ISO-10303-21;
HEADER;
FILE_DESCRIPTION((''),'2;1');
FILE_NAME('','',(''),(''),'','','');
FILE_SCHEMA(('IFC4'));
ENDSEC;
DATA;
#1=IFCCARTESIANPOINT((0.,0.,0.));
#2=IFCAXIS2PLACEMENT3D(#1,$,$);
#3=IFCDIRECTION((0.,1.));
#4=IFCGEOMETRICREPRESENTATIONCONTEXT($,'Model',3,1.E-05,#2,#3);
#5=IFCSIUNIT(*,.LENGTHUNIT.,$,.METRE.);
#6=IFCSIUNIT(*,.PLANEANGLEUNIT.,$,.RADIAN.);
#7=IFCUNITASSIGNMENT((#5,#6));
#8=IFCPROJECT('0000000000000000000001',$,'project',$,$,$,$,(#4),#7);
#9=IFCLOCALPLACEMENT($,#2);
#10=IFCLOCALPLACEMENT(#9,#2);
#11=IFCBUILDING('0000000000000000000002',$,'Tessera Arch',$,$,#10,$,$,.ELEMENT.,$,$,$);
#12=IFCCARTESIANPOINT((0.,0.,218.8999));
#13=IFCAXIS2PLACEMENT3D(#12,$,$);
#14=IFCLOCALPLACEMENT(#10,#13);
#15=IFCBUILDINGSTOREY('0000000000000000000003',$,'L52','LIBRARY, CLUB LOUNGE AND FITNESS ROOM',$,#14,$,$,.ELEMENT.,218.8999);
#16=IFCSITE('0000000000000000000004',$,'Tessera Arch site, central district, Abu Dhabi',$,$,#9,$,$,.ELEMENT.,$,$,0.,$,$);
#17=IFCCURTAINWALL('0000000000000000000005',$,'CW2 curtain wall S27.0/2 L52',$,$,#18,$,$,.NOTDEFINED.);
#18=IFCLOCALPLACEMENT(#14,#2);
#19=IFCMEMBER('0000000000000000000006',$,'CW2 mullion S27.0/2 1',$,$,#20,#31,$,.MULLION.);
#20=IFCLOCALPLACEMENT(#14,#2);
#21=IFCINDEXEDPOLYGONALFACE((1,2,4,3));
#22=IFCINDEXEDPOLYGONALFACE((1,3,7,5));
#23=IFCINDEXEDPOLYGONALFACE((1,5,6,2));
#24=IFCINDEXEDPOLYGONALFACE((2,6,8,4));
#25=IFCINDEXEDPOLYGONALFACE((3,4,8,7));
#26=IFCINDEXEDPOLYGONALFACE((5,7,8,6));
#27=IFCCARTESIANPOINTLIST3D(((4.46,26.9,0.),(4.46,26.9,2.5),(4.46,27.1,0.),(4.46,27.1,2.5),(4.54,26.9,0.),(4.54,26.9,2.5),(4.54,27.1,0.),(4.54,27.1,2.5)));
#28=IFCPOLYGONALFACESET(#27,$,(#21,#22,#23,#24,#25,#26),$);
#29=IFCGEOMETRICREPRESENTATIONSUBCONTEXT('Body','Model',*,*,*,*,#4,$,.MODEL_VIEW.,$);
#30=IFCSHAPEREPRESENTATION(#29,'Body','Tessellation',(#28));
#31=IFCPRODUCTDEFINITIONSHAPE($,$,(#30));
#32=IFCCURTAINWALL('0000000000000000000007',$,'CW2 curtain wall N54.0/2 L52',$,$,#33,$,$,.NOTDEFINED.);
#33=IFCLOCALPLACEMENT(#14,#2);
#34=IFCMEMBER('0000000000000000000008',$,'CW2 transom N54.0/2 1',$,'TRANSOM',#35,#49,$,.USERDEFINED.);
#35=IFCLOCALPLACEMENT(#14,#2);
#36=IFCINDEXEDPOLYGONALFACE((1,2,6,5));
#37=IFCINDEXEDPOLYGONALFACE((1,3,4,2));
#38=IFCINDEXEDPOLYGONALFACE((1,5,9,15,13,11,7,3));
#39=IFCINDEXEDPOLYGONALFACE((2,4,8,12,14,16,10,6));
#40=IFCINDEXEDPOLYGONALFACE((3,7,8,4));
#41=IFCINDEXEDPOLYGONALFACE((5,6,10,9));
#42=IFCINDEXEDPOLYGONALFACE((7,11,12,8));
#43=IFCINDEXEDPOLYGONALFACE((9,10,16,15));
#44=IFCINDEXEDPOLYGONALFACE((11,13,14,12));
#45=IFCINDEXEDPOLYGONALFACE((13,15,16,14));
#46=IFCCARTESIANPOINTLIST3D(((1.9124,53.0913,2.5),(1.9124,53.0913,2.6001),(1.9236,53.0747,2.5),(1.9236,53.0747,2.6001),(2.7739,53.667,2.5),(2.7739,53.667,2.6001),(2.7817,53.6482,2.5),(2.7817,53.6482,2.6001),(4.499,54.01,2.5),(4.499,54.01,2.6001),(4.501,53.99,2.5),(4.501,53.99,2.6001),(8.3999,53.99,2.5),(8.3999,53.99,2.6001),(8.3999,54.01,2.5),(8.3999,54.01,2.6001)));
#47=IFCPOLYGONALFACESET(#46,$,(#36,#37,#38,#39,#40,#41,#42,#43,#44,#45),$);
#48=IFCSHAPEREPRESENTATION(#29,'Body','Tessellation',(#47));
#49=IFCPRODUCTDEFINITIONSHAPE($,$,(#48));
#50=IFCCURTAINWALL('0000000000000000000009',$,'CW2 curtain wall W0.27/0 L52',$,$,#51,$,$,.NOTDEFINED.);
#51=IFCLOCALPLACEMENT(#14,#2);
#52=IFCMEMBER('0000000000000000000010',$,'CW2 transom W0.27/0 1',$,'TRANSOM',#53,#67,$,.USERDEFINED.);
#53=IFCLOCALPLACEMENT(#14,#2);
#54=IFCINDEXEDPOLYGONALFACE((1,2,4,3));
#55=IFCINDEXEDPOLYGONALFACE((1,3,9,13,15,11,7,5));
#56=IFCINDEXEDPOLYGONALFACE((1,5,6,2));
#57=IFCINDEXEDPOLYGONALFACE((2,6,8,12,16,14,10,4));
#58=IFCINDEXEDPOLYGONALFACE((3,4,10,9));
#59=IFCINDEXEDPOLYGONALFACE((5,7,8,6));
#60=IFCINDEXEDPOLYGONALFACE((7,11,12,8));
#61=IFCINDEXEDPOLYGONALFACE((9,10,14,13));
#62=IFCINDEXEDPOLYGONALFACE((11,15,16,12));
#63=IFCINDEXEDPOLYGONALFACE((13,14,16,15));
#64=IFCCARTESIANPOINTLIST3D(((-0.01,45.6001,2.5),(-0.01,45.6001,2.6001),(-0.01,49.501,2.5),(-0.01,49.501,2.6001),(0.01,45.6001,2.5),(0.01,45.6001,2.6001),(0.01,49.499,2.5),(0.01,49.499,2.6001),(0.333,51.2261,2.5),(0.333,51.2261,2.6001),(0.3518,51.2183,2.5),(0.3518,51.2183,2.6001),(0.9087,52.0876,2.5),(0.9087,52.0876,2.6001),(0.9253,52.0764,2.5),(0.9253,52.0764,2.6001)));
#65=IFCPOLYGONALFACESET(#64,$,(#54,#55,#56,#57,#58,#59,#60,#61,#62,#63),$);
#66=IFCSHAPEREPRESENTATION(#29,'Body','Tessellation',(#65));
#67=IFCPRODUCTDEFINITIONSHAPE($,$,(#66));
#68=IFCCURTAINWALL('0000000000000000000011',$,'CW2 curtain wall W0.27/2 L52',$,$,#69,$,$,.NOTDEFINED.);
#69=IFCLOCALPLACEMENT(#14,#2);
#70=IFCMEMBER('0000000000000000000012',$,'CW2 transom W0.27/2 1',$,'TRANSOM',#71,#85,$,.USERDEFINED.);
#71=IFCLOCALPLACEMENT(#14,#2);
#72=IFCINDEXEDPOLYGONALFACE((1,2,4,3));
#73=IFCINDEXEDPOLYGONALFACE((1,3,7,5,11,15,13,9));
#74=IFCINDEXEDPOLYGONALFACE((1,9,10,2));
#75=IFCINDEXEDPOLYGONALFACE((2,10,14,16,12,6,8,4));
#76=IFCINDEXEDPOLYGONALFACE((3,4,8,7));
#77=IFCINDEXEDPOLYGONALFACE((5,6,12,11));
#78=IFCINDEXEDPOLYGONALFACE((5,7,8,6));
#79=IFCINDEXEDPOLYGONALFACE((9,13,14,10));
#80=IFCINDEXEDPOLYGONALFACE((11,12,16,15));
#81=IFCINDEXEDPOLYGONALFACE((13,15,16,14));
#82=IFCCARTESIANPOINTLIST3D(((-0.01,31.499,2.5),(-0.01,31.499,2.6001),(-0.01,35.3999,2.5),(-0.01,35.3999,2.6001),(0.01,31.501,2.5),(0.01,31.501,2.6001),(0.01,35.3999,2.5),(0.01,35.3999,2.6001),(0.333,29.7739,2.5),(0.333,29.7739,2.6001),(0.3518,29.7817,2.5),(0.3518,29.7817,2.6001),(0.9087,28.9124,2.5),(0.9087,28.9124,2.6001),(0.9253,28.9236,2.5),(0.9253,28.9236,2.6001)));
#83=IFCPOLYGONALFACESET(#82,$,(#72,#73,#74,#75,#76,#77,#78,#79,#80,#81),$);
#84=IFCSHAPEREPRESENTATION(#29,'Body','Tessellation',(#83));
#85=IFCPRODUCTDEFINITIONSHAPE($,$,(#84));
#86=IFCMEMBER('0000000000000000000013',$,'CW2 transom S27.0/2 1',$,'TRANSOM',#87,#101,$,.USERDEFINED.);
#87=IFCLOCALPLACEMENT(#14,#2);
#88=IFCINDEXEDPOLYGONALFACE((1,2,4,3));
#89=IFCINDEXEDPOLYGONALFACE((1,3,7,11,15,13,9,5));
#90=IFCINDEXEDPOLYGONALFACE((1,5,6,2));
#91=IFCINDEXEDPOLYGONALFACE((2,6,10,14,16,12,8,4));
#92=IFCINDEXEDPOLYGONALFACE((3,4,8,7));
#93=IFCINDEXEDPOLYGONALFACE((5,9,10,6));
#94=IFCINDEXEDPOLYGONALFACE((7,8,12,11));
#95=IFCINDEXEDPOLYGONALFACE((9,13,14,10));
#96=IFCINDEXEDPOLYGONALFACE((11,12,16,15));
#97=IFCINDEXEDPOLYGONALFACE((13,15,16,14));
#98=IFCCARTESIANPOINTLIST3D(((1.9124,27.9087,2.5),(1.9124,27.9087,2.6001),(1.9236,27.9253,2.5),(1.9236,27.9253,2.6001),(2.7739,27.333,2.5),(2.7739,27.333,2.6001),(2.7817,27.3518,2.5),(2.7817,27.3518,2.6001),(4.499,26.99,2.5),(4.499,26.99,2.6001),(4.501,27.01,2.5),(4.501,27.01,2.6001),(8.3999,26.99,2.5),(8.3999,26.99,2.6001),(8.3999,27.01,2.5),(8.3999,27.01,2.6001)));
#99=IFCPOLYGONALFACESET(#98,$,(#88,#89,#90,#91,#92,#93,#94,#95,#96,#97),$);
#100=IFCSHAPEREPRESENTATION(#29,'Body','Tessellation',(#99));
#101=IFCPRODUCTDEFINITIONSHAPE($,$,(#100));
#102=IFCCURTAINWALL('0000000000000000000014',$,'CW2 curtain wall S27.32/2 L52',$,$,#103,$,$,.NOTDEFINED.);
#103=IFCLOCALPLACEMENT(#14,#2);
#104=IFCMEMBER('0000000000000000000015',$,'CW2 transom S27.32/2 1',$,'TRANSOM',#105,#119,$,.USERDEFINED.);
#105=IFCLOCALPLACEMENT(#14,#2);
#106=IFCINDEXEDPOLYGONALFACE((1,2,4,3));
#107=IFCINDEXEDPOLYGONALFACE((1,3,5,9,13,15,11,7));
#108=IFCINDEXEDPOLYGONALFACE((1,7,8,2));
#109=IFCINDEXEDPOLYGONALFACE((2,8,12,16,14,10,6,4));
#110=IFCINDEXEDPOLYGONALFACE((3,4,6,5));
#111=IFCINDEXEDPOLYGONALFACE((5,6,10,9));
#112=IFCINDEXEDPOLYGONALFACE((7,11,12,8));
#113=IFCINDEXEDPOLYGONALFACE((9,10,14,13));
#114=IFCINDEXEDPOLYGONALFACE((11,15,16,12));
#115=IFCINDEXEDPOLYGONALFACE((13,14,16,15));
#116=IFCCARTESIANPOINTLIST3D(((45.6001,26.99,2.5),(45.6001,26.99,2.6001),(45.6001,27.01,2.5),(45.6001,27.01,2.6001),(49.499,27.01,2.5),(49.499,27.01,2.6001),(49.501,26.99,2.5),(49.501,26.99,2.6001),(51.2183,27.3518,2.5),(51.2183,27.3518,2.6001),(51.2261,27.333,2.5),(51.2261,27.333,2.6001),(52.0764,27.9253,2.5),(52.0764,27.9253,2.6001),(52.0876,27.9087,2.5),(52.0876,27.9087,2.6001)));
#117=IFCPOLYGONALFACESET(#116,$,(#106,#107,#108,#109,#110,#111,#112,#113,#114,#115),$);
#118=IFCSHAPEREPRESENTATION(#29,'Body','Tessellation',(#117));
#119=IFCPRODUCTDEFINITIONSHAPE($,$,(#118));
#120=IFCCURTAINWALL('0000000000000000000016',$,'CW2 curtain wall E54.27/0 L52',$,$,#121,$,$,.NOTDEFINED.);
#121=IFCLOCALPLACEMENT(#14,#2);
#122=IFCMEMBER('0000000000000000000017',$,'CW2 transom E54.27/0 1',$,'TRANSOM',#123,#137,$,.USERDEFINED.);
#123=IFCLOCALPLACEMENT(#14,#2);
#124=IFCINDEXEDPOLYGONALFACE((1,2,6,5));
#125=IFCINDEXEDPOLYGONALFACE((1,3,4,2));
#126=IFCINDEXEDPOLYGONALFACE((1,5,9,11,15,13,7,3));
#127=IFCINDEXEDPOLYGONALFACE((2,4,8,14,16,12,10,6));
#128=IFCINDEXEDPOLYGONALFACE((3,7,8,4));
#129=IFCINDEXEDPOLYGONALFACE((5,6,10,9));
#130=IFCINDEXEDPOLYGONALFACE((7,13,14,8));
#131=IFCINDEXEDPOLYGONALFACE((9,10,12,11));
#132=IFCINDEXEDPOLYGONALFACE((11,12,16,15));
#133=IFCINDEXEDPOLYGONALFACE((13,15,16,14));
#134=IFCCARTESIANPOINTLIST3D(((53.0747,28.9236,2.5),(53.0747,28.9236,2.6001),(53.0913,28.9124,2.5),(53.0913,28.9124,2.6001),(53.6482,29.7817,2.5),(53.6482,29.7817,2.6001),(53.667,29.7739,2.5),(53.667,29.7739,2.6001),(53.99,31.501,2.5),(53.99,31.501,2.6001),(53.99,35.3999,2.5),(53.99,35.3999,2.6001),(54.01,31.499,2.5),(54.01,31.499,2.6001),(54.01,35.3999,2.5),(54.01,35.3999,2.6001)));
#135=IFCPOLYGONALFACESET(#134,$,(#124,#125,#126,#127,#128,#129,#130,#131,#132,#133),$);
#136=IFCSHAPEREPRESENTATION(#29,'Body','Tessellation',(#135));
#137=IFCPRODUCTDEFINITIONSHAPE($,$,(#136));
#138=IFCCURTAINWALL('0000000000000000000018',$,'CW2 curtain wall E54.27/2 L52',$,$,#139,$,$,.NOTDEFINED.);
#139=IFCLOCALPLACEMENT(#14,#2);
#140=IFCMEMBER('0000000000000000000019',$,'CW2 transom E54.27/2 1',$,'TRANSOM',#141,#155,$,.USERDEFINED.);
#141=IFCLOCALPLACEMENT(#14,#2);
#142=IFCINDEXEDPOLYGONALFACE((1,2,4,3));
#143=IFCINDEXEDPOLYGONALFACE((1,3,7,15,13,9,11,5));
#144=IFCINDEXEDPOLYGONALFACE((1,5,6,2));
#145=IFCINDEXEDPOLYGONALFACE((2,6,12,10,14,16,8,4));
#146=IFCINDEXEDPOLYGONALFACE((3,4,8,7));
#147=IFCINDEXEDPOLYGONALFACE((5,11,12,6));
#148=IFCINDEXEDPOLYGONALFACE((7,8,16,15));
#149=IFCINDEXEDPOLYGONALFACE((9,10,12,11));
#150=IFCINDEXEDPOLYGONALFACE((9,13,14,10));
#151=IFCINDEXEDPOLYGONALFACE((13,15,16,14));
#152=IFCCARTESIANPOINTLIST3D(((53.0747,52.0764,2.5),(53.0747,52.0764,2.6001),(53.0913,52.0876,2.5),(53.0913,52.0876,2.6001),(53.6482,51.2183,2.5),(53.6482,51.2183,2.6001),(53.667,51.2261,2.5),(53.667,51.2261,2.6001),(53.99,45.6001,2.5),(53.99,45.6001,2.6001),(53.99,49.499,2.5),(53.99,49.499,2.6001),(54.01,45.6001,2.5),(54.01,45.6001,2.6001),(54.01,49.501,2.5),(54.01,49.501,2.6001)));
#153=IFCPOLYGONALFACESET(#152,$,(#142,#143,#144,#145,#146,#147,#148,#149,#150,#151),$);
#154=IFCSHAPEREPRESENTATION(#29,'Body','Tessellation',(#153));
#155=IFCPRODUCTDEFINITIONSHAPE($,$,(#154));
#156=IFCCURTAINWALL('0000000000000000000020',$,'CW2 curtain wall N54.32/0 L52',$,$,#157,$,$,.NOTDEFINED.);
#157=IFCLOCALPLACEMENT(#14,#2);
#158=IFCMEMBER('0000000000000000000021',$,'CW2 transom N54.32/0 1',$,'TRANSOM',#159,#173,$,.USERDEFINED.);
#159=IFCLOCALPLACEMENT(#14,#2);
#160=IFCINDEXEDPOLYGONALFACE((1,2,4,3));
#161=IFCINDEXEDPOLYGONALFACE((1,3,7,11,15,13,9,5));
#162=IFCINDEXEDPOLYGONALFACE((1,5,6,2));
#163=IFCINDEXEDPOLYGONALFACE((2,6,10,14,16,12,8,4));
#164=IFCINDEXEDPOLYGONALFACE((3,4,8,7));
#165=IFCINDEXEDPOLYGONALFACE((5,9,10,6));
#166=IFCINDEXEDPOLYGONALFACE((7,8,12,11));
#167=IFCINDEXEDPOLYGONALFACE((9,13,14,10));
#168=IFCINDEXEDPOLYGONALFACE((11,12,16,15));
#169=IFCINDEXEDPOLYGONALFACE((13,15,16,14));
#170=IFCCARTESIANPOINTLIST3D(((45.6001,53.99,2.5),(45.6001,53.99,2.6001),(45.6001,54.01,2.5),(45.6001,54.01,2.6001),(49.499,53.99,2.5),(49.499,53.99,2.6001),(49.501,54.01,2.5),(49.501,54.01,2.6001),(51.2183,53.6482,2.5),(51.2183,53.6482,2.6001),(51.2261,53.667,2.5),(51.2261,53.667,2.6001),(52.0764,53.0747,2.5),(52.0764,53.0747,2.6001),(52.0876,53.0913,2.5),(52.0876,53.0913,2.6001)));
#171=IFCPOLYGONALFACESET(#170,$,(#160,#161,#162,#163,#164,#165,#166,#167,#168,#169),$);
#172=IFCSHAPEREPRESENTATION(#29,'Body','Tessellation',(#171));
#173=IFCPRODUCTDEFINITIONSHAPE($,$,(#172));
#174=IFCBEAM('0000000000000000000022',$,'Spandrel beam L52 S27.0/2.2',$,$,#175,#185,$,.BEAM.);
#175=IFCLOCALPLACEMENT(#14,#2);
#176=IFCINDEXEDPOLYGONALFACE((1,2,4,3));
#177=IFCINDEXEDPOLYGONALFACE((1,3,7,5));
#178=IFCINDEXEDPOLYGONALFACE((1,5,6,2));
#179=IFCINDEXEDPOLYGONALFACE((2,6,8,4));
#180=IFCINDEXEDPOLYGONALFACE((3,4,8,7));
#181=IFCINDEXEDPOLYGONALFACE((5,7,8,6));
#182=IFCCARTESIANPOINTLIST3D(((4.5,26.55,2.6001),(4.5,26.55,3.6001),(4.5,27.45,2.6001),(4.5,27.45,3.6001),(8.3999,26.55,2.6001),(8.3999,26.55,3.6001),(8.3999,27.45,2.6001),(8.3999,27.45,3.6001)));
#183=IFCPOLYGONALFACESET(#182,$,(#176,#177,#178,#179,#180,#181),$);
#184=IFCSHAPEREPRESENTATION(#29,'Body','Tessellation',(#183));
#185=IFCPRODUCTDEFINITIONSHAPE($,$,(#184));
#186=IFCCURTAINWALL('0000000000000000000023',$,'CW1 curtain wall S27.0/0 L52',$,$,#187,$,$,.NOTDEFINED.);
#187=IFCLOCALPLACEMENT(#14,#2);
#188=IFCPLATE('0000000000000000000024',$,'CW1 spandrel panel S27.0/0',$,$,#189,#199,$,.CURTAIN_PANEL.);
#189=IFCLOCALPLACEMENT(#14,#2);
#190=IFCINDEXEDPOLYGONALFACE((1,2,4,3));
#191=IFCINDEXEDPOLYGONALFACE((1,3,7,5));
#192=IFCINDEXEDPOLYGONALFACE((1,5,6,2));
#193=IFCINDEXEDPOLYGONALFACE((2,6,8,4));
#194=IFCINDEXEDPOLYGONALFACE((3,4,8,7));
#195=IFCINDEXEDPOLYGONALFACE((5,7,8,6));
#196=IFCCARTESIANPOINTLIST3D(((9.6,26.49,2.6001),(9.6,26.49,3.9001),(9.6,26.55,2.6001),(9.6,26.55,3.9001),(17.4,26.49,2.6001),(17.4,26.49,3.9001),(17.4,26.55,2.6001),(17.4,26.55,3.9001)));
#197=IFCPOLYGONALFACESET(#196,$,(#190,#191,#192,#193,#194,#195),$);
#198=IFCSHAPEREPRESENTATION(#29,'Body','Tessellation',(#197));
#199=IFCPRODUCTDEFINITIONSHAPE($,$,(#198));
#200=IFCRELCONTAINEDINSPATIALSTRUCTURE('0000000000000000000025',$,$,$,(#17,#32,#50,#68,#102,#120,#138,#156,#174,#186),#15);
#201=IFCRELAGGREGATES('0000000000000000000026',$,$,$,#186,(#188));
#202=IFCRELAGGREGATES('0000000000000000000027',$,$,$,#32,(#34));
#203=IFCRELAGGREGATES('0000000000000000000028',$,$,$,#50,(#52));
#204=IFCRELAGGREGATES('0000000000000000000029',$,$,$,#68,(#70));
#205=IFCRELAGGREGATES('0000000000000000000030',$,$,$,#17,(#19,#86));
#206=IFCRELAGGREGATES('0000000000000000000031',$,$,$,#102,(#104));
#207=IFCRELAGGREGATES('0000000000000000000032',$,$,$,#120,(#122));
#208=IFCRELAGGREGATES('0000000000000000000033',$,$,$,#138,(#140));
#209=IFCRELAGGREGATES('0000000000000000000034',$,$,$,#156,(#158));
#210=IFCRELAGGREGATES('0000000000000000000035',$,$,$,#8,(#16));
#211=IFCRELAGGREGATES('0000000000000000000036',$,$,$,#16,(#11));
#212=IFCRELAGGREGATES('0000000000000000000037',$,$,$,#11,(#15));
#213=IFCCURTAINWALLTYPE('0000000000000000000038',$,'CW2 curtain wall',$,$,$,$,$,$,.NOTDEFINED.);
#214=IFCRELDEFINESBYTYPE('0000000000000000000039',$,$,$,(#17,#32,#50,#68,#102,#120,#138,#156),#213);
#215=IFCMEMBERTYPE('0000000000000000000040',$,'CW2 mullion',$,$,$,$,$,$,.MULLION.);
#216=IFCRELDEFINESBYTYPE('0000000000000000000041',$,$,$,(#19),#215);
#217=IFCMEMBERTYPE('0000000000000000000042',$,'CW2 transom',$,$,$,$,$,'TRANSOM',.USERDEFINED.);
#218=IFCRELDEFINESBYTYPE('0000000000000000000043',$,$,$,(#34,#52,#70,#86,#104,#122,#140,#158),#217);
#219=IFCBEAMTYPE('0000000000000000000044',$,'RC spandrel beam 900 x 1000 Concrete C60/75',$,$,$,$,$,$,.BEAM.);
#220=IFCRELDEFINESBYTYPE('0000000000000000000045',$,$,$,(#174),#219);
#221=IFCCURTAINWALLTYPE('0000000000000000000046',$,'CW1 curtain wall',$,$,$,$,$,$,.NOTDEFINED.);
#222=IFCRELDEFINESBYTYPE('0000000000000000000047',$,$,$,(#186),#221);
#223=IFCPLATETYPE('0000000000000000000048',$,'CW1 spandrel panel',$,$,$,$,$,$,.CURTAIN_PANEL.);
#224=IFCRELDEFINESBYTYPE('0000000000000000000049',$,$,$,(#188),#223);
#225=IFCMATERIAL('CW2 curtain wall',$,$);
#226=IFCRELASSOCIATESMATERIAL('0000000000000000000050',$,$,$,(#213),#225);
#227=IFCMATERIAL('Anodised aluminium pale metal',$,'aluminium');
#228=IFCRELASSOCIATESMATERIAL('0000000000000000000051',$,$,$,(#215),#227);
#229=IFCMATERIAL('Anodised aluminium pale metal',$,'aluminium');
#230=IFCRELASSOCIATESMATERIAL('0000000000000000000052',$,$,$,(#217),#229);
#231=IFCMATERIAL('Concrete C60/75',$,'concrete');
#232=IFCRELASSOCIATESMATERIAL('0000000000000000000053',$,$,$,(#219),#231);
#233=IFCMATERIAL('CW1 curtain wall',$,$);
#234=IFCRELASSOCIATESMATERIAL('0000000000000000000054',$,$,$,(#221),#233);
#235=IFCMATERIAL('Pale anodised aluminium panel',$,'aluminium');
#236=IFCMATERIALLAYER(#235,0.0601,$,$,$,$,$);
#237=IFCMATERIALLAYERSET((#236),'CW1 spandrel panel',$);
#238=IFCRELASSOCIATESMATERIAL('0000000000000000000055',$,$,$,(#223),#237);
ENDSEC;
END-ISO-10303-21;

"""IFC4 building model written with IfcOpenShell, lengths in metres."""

from ifc_helpers import new_model, si_unit, direction, frame, origin, origin_2d, place, context, subcontext, project, spatial, polyline, rectangle, outline, extrude, material, layer, layer_set, material_profile, profile_set, type_object, element, aggregate, save


model = new_model("IFC4")

# Units and contexts
model_context = context("Model", 3, precision=1e-05, world=origin(), true_north=direction((0.0, 1.0)))
body_context = subcontext(model_context, "Body", "Model", "MODEL_VIEW")
ifc_project = project(units=[si_unit("LENGTHUNIT", "METRE"), si_unit("PLANEANGLEUNIT", "RADIAN")], contexts=[model_context])

# Site, building, storey
site_placement = place(None, origin())
site = spatial("IfcSite", under=ifc_project, at=site_placement, Name="Tessera Arch site, central district, Abu Dhabi", CompositionType="ELEMENT", RefElevation=0.0)
building_placement = place(site_placement, origin())
building = spatial("IfcBuilding", under=site, at=building_placement, Name="Tessera Arch", CompositionType="ELEMENT")
storey_placement = place(building_placement, frame((0.0, 0.0, 218.8999)))
storey = spatial("IfcBuildingStorey", under=building, at=storey_placement, Name="L52", Description="LIBRARY, CLUB LOUNGE AND FITNESS ROOM", CompositionType="ELEMENT", Elevation=218.8999)

# Curtain walls, members
ifc_material_1 = material(Name="CW2 curtain wall")
curtain_wall_type_1 = type_object("IfcCurtainWallType", Name="CW2 curtain wall", PredefinedType="NOTDEFINED", material=ifc_material_1)
curtain_wall_1_placement = place(storey_placement, origin())
curtain_wall_1 = element("IfcCurtainWall", 1, at=curtain_wall_1_placement, inside=storey, type_object=curtain_wall_type_1, Name="CW2 curtain wall S27.0/2 L52", PredefinedType="NOTDEFINED")
ifc_material_2 = material(Name="Anodised aluminium pale metal", Category="aluminium")
ifc_material_profile_1 = material_profile(ifc_material_2, rectangle(XDim=0.2, YDim=0.0801, at=origin_2d()), Name="AL 80x200")
ifc_profile_set_1 = profile_set([ifc_material_profile_1], Name="Anodised aluminium pale metal")
member_type_1 = type_object("IfcMemberType", Name="CW2 mullion", PredefinedType="MULLION", material=ifc_profile_set_1)
member_1_placement = place(storey_placement, frame((4.5, 27.0, 0.0), z_axis=(0.0, 0.0, 1.0), x_axis=(0.0, 1.0, 0.0)))
member_1 = element("IfcMember", 2, at=member_1_placement, type_object=member_type_1, Name="CW2 mullion S27.0/2 1", PredefinedType="MULLION", context=body_context, shape_type="SweptSolid", body=[
    extrude(rectangle(XDim=0.2, YDim=0.0801, at=origin_2d()), origin(), (0.0, 0.0, 1.0), 2.5),
])
curtain_wall_2_placement = place(storey_placement, origin())
curtain_wall_2 = element("IfcCurtainWall", 3, at=curtain_wall_2_placement, inside=storey, type_object=curtain_wall_type_1, Name="CW2 curtain wall N54.0/2 L52", PredefinedType="NOTDEFINED")
ifc_material_3 = material(Name="Anodised aluminium pale metal", Category="aluminium")
ifc_material_profile_2 = material_profile(ifc_material_3, rectangle(XDim=0.2, YDim=0.1001, at=origin_2d()), Name="AL 200x100")
ifc_profile_set_2 = profile_set([ifc_material_profile_2], Name="Anodised aluminium pale metal")
member_type_2 = type_object("IfcMemberType", Name="CW2 transom", ElementType="TRANSOM", PredefinedType="USERDEFINED", material=ifc_profile_set_2)
member_2_placement = place(storey_placement, frame((0.0, 0.0, 2.5)))
member_2 = element("IfcMember", 4, at=member_2_placement, type_object=member_type_2, Name="CW2 transom N54.0/2 1", ObjectType="TRANSOM", PredefinedType="USERDEFINED", context=body_context, shape_type="SweptSolid", body=[
    extrude(outline(polyline([(4.501, 53.99), (8.3999, 53.99), (8.3999, 54.01), (4.499, 54.01), (2.7739, 53.667), (1.9124, 53.0913), (1.9236, 53.0747), (2.7817, 53.6482), (4.501, 53.99)])), origin(), (0.0, 0.0, 1.0), 0.1001),
])
curtain_wall_3_placement = place(storey_placement, origin())
curtain_wall_3 = element("IfcCurtainWall", 5, at=curtain_wall_3_placement, inside=storey, type_object=curtain_wall_type_1, Name="CW2 curtain wall W0.27/0 L52", PredefinedType="NOTDEFINED")
member_3_placement = place(storey_placement, frame((0.0, 0.0, 2.5)))
member_3 = element("IfcMember", 6, at=member_3_placement, type_object=member_type_2, Name="CW2 transom W0.27/0 1", ObjectType="TRANSOM", PredefinedType="USERDEFINED", context=body_context, shape_type="SweptSolid", body=[
    extrude(outline(polyline([(0.3518, 51.2183), (0.9253, 52.0764), (0.9087, 52.0876), (0.333, 51.2261), (-0.01, 49.501), (-0.01, 45.6001), (0.01, 45.6001), (0.01, 49.499), (0.3518, 51.2183)])), origin(), (0.0, 0.0, 1.0), 0.1001),
])
curtain_wall_4_placement = place(storey_placement, origin())
curtain_wall_4 = element("IfcCurtainWall", 7, at=curtain_wall_4_placement, inside=storey, type_object=curtain_wall_type_1, Name="CW2 curtain wall W0.27/2 L52", PredefinedType="NOTDEFINED")
member_4_placement = place(storey_placement, frame((0.0, 0.0, 2.5)))
member_4 = element("IfcMember", 8, at=member_4_placement, type_object=member_type_2, Name="CW2 transom W0.27/2 1", ObjectType="TRANSOM", PredefinedType="USERDEFINED", context=body_context, shape_type="SweptSolid", body=[
    extrude(outline(polyline([(0.01, 31.501), (0.01, 35.3999), (-0.01, 35.3999), (-0.01, 31.499), (0.333, 29.7739), (0.9087, 28.9124), (0.9253, 28.9236), (0.3518, 29.7817), (0.01, 31.501)])), origin(), (0.0, 0.0, 1.0), 0.1001),
])

# Member
member_5_placement = place(storey_placement, frame((0.0, 0.0, 2.5)))
member_5 = element("IfcMember", 9, at=member_5_placement, type_object=member_type_2, Name="CW2 transom S27.0/2 1", ObjectType="TRANSOM", PredefinedType="USERDEFINED", context=body_context, shape_type="SweptSolid", body=[
    extrude(outline(polyline([(2.7817, 27.3518), (1.9236, 27.9253), (1.9124, 27.9087), (2.7739, 27.333), (4.499, 26.99), (8.3999, 26.99), (8.3999, 27.01), (4.501, 27.01), (2.7817, 27.3518)])), origin(), (0.0, 0.0, 1.0), 0.1001),
])

# Curtain walls, members
curtain_wall_5_placement = place(storey_placement, origin())
curtain_wall_5 = element("IfcCurtainWall", 10, at=curtain_wall_5_placement, inside=storey, type_object=curtain_wall_type_1, Name="CW2 curtain wall S27.32/2 L52", PredefinedType="NOTDEFINED")
member_6_placement = place(storey_placement, frame((0.0, 0.0, 2.5)))
member_6 = element("IfcMember", 11, at=member_6_placement, type_object=member_type_2, Name="CW2 transom S27.32/2 1", ObjectType="TRANSOM", PredefinedType="USERDEFINED", context=body_context, shape_type="SweptSolid", body=[
    extrude(outline(polyline([(49.499, 27.01), (45.6001, 27.01), (45.6001, 26.99), (49.501, 26.99), (51.2261, 27.333), (52.0876, 27.9087), (52.0764, 27.9253), (51.2183, 27.3518), (49.499, 27.01)])), origin(), (0.0, 0.0, 1.0), 0.1001),
])
curtain_wall_6_placement = place(storey_placement, origin())
curtain_wall_6 = element("IfcCurtainWall", 12, at=curtain_wall_6_placement, inside=storey, type_object=curtain_wall_type_1, Name="CW2 curtain wall E54.27/0 L52", PredefinedType="NOTDEFINED")
member_7_placement = place(storey_placement, frame((0.0, 0.0, 2.5)))
member_7 = element("IfcMember", 13, at=member_7_placement, type_object=member_type_2, Name="CW2 transom E54.27/0 1", ObjectType="TRANSOM", PredefinedType="USERDEFINED", context=body_context, shape_type="SweptSolid", body=[
    extrude(outline(polyline([(53.6482, 29.7817), (53.0747, 28.9236), (53.0913, 28.9124), (53.667, 29.7739), (54.01, 31.499), (54.01, 35.3999), (53.99, 35.3999), (53.99, 31.501), (53.6482, 29.7817)])), origin(), (0.0, 0.0, 1.0), 0.1001),
])
curtain_wall_7_placement = place(storey_placement, origin())
curtain_wall_7 = element("IfcCurtainWall", 14, at=curtain_wall_7_placement, inside=storey, type_object=curtain_wall_type_1, Name="CW2 curtain wall E54.27/2 L52", PredefinedType="NOTDEFINED")
member_8_placement = place(storey_placement, frame((0.0, 0.0, 2.5)))
member_8 = element("IfcMember", 15, at=member_8_placement, type_object=member_type_2, Name="CW2 transom E54.27/2 1", ObjectType="TRANSOM", PredefinedType="USERDEFINED", context=body_context, shape_type="SweptSolid", body=[
    extrude(outline(polyline([(53.99, 49.499), (53.99, 45.6001), (54.01, 45.6001), (54.01, 49.501), (53.667, 51.2261), (53.0913, 52.0876), (53.0747, 52.0764), (53.6482, 51.2183), (53.99, 49.499)])), origin(), (0.0, 0.0, 1.0), 0.1001),
])
curtain_wall_8_placement = place(storey_placement, origin())
curtain_wall_8 = element("IfcCurtainWall", 16, at=curtain_wall_8_placement, inside=storey, type_object=curtain_wall_type_1, Name="CW2 curtain wall N54.32/0 L52", PredefinedType="NOTDEFINED")
member_9_placement = place(storey_placement, frame((0.0, 0.0, 2.5)))
member_9 = element("IfcMember", 17, at=member_9_placement, type_object=member_type_2, Name="CW2 transom N54.32/0 1", ObjectType="TRANSOM", PredefinedType="USERDEFINED", context=body_context, shape_type="SweptSolid", body=[
    extrude(outline(polyline([(51.2183, 53.6482), (52.0764, 53.0747), (52.0876, 53.0913), (51.2261, 53.667), (49.501, 54.01), (45.6001, 54.01), (45.6001, 53.99), (49.499, 53.99), (51.2183, 53.6482)])), origin(), (0.0, 0.0, 1.0), 0.1001),
])

# Beam
ifc_material_4 = material(Name="Concrete C60/75", Category="concrete")
ifc_material_profile_3 = material_profile(ifc_material_4, rectangle(XDim=0.8999, YDim=1.0, at=origin_2d()), Name="RC spandrel beam 900 x 1000 Concrete C60/75")
ifc_profile_set_3 = profile_set([ifc_material_profile_3], Name="Concrete C60/75")
beam_type = type_object("IfcBeamType", Name="RC spandrel beam 900 x 1000 Concrete C60/75", PredefinedType="BEAM", material=ifc_profile_set_3)
beam_placement = place(storey_placement, frame((4.5, 27.0, 3.1001), z_axis=(1.0, 0.0, 0.0), x_axis=(0.0, 1.0, 0.0)))
element("IfcBeam", 18, at=beam_placement, inside=storey, type_object=beam_type, Name="Spandrel beam L52 S27.0/2.2", PredefinedType="BEAM", context=body_context, shape_type="SweptSolid", body=[
    extrude(rectangle(XDim=0.8999, YDim=1.0, at=origin_2d()), origin(), (0.0, 0.0, 1.0), 3.8999),
])

# Curtain wall, plate
ifc_material_5 = material(Name="CW1 curtain wall")
curtain_wall_type_2 = type_object("IfcCurtainWallType", Name="CW1 curtain wall", PredefinedType="NOTDEFINED", material=ifc_material_5)
curtain_wall_9_placement = place(storey_placement, origin())
curtain_wall_9 = element("IfcCurtainWall", 19, at=curtain_wall_9_placement, inside=storey, type_object=curtain_wall_type_2, Name="CW1 curtain wall S27.0/0 L52", PredefinedType="NOTDEFINED")
ifc_material_6 = material(Name="Pale anodised aluminium panel", Category="aluminium")
ifc_layer_1 = layer(ifc_material_6, 0.0601)
ifc_layer_set_1 = layer_set([ifc_layer_1], Name="CW1 spandrel panel")
plate_type_1 = type_object("IfcPlateType", Name="CW1 spandrel panel", PredefinedType="CURTAIN_PANEL", material=ifc_layer_set_1)
plate_1_placement = place(storey_placement, frame((13.5, 26.52, 2.6001), z_axis=(0.0, 0.0, 1.0), x_axis=(1.0, 0.0, 0.0)))
plate_1 = element("IfcPlate", 20, at=plate_1_placement, type_object=plate_type_1, Name="CW1 spandrel panel S27.0/0", PredefinedType="CURTAIN_PANEL", context=body_context, shape_type="SweptSolid", body=[
    extrude(rectangle(XDim=7.8, YDim=0.0601, at=origin_2d()), origin(), (0.0, 0.0, 1.0), 1.3),
])
aggregate(curtain_wall_9, [plate_1])

aggregate(curtain_wall_2, [member_2])
aggregate(curtain_wall_3, [member_3])
aggregate(curtain_wall_4, [member_4])
aggregate(curtain_wall_1, [member_1, member_5])
aggregate(curtain_wall_5, [member_6])
aggregate(curtain_wall_6, [member_7])
aggregate(curtain_wall_7, [member_8])
aggregate(curtain_wall_8, [member_9])

save(model, "model.ifc")
